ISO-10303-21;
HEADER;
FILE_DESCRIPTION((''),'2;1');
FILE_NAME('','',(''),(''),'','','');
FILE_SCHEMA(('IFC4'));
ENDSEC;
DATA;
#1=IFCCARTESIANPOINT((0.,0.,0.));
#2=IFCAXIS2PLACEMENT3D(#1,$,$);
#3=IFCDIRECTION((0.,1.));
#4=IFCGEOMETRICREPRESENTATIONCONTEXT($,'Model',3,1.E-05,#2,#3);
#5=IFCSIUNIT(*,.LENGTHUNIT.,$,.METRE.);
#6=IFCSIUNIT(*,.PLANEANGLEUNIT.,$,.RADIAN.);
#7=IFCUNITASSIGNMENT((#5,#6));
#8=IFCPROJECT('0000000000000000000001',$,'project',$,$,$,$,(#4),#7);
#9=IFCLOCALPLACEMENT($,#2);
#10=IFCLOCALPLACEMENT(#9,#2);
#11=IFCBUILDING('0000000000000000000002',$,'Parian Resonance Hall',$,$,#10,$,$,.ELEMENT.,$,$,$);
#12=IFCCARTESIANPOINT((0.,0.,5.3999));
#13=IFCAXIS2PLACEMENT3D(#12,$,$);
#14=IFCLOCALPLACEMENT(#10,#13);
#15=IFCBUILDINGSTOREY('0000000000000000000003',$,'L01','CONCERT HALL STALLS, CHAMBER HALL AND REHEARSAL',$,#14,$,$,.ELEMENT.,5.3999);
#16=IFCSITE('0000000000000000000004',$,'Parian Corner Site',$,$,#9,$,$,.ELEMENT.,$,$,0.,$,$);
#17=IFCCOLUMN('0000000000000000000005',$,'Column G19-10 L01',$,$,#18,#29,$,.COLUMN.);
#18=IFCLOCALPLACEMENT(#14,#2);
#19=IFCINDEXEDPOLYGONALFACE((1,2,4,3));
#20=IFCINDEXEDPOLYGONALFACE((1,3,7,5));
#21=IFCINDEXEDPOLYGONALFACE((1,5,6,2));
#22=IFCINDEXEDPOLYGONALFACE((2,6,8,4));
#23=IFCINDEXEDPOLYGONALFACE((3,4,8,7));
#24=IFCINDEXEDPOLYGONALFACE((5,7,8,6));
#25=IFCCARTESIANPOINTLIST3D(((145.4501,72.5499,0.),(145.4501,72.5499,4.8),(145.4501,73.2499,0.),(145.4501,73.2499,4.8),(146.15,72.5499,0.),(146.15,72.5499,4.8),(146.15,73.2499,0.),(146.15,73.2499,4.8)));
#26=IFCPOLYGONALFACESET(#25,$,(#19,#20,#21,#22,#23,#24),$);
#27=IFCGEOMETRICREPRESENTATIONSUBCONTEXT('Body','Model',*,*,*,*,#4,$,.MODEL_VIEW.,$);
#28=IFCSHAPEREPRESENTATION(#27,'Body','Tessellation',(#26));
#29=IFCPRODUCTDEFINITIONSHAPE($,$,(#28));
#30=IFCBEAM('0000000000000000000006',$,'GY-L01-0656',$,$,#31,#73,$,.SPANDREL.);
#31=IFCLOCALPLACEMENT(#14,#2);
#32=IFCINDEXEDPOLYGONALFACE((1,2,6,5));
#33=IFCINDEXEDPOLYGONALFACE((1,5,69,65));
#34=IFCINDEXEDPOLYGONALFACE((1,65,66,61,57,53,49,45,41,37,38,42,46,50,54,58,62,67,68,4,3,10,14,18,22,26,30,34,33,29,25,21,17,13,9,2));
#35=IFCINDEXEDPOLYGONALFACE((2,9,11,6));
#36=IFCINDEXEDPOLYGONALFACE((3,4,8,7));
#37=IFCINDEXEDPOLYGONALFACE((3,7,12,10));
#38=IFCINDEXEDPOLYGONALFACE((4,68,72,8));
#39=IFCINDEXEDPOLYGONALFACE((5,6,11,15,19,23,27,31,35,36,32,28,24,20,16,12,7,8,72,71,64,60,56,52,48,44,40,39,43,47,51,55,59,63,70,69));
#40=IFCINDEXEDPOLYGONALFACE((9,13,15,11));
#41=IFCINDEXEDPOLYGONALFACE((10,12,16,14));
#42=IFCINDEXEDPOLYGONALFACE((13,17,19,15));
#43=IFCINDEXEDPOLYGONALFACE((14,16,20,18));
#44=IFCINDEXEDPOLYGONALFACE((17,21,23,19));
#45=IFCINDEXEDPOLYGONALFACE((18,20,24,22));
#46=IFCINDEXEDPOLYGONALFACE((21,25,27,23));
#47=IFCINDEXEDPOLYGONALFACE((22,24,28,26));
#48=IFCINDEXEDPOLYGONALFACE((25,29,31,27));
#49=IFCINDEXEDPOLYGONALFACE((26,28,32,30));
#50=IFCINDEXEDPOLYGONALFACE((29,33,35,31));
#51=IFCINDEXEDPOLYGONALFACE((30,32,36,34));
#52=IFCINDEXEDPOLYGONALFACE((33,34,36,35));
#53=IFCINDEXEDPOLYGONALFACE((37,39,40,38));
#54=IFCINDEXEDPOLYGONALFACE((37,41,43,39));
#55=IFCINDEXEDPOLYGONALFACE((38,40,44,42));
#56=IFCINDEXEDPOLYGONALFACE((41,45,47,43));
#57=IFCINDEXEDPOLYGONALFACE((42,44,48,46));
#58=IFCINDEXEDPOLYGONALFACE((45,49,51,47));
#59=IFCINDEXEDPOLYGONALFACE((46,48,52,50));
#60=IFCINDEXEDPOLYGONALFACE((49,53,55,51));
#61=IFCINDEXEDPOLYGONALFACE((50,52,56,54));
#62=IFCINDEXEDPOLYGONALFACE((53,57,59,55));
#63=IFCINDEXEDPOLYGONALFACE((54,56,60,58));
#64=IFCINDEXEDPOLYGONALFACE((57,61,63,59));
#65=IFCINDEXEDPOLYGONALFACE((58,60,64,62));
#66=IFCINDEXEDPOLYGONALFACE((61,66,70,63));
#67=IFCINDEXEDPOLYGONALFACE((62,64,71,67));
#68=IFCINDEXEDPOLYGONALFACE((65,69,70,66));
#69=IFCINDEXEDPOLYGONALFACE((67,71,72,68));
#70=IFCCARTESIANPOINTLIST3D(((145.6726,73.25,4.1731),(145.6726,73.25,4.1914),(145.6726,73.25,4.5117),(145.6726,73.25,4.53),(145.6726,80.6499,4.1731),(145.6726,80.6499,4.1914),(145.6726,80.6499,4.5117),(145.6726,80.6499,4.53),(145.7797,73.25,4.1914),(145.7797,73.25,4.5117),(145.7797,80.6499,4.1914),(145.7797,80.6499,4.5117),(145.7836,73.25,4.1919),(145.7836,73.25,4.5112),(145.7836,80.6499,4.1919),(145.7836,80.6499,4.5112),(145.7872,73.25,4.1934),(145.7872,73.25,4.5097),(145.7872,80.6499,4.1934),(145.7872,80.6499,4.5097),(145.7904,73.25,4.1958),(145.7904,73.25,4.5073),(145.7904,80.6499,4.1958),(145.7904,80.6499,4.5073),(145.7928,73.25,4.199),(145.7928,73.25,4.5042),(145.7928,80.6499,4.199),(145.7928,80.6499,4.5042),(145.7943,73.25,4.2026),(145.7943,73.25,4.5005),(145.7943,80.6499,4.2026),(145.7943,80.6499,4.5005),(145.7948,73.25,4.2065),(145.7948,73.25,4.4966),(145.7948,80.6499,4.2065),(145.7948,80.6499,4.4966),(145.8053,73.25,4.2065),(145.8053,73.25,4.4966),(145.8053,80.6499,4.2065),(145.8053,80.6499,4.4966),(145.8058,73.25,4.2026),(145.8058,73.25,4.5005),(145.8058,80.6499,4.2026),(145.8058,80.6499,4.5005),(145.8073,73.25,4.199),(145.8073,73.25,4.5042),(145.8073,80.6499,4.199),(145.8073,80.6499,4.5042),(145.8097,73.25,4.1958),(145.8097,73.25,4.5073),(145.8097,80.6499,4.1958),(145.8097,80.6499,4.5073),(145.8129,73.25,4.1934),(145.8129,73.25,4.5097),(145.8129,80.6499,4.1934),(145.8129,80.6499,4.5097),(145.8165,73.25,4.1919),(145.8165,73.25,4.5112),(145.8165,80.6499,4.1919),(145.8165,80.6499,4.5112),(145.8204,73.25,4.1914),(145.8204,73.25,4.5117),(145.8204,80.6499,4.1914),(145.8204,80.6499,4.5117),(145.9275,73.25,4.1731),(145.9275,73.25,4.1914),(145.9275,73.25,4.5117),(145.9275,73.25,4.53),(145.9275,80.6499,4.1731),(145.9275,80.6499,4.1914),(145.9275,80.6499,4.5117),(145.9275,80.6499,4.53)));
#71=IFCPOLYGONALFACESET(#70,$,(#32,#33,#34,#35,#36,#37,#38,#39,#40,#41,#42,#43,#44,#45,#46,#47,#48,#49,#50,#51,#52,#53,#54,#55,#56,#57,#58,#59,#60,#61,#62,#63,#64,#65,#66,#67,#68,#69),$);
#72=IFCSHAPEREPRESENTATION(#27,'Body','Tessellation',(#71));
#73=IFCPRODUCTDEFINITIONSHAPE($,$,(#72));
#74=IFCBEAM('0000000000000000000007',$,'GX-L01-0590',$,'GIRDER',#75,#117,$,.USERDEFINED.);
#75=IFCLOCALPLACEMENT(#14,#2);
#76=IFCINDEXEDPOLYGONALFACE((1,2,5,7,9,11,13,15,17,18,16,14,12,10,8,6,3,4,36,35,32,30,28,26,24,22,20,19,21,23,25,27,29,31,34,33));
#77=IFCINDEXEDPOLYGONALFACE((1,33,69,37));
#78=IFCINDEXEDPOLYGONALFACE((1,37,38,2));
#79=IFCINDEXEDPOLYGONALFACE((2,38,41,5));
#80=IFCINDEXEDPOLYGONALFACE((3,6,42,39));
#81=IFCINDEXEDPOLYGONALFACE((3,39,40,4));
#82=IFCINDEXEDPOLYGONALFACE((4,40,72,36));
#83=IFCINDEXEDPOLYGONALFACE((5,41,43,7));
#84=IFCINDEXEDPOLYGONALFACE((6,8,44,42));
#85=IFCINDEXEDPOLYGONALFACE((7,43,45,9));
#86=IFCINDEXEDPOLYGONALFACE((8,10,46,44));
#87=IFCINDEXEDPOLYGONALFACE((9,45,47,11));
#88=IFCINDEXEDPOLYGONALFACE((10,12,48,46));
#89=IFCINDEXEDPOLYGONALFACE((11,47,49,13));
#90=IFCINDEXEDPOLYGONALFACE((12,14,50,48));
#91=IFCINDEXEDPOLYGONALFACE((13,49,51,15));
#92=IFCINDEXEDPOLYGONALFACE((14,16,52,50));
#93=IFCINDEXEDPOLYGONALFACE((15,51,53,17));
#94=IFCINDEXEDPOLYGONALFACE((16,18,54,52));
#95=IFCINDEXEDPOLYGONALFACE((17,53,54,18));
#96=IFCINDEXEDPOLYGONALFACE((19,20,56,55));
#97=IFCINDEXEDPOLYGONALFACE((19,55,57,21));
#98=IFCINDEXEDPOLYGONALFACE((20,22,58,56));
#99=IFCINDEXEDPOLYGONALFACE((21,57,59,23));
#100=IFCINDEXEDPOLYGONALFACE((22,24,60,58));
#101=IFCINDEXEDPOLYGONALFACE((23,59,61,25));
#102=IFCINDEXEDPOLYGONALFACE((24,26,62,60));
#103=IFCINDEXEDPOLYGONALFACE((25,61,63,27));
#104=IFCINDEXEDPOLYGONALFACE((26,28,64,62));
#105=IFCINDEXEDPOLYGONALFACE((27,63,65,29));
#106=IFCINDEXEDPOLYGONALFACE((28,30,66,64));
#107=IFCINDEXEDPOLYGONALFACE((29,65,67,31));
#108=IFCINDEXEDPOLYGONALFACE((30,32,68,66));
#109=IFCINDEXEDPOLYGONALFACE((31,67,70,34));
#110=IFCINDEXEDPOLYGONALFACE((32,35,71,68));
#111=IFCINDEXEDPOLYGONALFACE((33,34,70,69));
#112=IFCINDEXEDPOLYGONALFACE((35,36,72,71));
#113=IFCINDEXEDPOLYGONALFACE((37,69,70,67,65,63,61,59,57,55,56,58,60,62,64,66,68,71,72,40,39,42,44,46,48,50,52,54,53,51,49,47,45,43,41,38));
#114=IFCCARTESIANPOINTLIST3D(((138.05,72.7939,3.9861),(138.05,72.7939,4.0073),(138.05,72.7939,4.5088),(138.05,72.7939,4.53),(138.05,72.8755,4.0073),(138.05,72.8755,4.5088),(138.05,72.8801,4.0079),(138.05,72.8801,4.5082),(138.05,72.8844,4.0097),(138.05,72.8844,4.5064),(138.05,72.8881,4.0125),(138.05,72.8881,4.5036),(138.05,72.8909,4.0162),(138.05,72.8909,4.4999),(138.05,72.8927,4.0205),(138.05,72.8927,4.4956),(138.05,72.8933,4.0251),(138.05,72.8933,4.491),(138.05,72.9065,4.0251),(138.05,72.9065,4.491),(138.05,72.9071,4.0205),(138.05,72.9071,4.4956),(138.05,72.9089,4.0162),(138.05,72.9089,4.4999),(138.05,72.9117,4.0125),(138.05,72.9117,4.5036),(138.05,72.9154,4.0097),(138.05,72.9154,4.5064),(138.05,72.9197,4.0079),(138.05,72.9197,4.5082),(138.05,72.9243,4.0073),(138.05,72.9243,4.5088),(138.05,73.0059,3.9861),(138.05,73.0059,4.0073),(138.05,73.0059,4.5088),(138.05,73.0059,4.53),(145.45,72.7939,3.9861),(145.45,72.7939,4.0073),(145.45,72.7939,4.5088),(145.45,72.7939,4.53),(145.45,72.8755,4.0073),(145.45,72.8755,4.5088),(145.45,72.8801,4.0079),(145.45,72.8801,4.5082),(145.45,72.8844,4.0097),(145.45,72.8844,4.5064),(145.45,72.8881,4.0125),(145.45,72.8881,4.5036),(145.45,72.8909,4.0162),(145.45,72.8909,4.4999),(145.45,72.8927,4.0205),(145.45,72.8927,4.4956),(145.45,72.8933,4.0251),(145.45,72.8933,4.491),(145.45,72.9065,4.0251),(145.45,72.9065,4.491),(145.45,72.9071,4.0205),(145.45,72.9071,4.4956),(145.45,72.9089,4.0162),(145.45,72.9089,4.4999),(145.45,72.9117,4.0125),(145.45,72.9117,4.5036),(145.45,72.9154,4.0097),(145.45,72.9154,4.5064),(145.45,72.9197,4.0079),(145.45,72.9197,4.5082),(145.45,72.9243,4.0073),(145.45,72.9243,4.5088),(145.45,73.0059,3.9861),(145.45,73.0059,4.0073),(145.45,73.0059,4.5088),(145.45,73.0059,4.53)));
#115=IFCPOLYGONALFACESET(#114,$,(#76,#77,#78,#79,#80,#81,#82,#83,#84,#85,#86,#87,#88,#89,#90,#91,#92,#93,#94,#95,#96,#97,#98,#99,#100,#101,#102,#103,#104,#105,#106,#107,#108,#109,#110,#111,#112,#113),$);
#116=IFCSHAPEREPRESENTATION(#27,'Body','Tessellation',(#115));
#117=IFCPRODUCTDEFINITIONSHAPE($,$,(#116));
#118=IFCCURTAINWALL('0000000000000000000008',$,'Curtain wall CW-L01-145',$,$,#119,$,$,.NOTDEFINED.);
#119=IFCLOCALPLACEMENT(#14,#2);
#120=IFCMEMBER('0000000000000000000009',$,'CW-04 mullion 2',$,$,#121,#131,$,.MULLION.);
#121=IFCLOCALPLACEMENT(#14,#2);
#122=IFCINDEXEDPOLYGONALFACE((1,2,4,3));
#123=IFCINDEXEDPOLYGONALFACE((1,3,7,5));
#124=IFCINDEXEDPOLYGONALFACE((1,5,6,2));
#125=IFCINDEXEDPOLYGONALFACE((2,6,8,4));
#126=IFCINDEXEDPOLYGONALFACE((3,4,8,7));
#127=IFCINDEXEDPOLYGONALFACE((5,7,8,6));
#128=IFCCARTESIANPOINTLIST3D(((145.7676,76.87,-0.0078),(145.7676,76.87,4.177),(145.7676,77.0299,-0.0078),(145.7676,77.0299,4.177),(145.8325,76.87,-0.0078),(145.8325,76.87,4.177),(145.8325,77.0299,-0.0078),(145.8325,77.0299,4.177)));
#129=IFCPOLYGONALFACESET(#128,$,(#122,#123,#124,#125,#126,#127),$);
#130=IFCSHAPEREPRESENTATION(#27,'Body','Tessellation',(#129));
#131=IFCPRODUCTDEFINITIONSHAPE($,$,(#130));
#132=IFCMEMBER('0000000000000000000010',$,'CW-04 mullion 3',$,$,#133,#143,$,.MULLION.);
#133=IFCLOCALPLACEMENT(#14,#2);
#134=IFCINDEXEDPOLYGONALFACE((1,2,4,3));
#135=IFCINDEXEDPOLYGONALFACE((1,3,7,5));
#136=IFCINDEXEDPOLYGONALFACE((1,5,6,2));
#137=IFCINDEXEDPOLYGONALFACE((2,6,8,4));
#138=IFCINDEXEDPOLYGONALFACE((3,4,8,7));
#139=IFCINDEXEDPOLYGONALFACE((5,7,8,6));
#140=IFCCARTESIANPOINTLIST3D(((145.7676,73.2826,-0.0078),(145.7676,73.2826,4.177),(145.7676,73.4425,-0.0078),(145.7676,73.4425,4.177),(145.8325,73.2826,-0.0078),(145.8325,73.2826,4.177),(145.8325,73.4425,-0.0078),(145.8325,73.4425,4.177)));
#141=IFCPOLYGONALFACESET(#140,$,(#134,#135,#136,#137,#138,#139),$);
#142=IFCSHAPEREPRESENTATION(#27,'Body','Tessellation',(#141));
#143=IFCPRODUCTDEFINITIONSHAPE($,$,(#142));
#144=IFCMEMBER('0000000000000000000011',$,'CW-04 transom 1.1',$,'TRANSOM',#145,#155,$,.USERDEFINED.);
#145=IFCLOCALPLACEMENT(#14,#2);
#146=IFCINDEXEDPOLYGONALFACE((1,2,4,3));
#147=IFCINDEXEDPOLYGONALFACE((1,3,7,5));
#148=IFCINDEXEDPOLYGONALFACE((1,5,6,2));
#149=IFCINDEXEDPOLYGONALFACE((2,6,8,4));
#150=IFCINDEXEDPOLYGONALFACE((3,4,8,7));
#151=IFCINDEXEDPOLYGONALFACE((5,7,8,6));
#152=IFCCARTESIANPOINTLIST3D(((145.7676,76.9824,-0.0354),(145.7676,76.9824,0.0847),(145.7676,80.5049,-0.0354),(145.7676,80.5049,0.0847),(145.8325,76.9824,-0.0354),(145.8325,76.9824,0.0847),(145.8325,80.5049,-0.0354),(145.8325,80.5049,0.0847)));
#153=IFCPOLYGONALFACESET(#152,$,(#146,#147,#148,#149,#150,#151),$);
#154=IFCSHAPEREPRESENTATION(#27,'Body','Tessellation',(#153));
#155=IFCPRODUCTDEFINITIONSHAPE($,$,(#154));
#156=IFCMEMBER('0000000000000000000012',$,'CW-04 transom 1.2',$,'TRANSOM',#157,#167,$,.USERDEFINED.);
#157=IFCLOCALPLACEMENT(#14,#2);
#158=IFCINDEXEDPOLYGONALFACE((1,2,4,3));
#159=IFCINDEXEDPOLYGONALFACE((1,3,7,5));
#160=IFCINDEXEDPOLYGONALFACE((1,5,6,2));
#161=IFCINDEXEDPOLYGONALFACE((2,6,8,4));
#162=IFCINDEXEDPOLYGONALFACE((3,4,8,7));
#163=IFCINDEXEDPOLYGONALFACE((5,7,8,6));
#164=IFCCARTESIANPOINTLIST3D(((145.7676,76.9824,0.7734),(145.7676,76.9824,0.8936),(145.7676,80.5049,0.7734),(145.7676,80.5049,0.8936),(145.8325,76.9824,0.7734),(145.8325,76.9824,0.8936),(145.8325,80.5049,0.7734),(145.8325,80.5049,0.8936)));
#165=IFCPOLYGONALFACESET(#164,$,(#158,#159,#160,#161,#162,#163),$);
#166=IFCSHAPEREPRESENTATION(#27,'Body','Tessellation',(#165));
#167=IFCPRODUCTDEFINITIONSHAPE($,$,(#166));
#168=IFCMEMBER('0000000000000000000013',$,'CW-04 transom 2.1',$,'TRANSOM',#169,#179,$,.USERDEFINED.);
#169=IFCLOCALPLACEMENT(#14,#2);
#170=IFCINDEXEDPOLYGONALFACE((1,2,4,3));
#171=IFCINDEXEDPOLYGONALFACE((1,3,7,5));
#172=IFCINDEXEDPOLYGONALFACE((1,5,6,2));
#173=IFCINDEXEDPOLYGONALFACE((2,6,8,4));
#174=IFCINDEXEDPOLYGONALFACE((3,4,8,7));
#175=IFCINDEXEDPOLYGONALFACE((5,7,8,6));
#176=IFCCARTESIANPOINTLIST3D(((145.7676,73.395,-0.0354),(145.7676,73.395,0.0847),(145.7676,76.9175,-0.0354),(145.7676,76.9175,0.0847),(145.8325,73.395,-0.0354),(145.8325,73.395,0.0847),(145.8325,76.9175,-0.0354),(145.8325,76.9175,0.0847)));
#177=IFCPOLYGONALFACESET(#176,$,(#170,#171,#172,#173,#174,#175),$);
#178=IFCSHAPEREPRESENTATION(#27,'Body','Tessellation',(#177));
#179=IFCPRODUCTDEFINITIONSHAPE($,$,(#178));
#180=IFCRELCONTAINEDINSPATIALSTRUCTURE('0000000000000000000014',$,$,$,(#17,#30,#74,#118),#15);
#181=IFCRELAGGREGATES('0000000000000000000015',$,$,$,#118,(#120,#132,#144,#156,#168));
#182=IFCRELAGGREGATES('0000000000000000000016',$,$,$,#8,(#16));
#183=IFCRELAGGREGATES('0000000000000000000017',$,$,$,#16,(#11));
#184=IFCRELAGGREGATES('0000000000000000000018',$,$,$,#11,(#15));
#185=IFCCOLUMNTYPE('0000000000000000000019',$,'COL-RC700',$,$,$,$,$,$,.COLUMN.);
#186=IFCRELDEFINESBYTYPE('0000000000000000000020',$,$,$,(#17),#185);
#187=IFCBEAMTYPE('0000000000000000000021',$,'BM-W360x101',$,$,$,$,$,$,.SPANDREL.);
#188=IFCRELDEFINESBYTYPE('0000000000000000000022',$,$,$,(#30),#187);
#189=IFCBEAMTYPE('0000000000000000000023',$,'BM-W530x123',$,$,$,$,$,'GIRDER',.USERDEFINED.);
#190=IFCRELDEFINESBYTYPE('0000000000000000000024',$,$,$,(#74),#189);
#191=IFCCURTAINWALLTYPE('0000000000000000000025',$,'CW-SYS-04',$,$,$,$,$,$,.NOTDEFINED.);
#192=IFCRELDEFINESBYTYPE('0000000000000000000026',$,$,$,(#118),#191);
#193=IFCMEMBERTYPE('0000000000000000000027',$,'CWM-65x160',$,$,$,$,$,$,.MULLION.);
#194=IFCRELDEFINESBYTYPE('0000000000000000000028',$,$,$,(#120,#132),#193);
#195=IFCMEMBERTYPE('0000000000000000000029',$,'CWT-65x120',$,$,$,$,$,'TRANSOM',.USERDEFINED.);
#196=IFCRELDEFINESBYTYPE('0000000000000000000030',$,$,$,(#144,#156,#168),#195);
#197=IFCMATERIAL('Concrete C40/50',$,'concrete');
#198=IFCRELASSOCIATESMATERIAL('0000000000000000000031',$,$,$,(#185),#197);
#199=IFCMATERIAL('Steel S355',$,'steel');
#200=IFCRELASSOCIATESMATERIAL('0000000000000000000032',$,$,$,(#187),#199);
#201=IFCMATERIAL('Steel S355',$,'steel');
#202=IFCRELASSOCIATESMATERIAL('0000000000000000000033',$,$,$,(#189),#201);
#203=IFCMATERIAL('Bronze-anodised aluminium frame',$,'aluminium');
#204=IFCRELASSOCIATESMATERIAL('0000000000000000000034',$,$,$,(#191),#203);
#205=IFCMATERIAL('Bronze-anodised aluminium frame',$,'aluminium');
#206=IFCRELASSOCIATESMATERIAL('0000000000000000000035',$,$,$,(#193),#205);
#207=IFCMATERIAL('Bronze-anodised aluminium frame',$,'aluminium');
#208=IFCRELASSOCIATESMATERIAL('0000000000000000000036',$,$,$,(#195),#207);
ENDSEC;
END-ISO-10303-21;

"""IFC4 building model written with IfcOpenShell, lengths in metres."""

from ifc_helpers import new_model, si_unit, direction, frame, origin, origin_2d, place, context, subcontext, project, spatial, rectangle, i_section, extrude, material, material_profile, profile_set, type_object, element, aggregate, save


model = new_model("IFC4")

# Units and contexts
model_context = context("Model", 3, precision=1e-05, world=origin(), true_north=direction((0.0, 1.0)))
body_context = subcontext(model_context, "Body", "Model", "MODEL_VIEW")
ifc_project = project(units=[si_unit("LENGTHUNIT", "METRE"), si_unit("PLANEANGLEUNIT", "RADIAN")], contexts=[model_context])

# Site, building, storey
site_placement = place(None, origin())
site = spatial("IfcSite", under=ifc_project, at=site_placement, Name="Parian Corner Site", CompositionType="ELEMENT", RefElevation=0.0)
building_placement = place(site_placement, origin())
building = spatial("IfcBuilding", under=site, at=building_placement, Name="Parian Resonance Hall", CompositionType="ELEMENT")
storey_placement = place(building_placement, frame((0.0, 0.0, 5.3999)))
storey = spatial("IfcBuildingStorey", under=building, at=storey_placement, Name="L01", Description="CONCERT HALL STALLS, CHAMBER HALL AND REHEARSAL", CompositionType="ELEMENT", Elevation=5.3999)

# Column
ifc_material_1 = material(Name="Concrete C40/50", Category="concrete")
ifc_material_profile_1 = material_profile(ifc_material_1, rectangle(XDim=0.7, YDim=0.7, at=origin_2d()), Name="RC-COL-700x700")
ifc_profile_set_1 = profile_set([ifc_material_profile_1], Name="Concrete C40/50")
column_type = type_object("IfcColumnType", Name="COL-RC700", PredefinedType="COLUMN", material=ifc_profile_set_1)
column_placement = place(storey_placement, frame((145.8, 72.8999, 0.0), z_axis=(0.0, 0.0, 1.0), x_axis=(1.0, 0.0, 0.0)))
element("IfcColumn", 1, at=column_placement, inside=storey, type_object=column_type, Name="Column G19-10 L01", PredefinedType="COLUMN", context=body_context, shape_type="SweptSolid", body=[
    extrude(rectangle(XDim=0.7, YDim=0.7, at=origin_2d()), origin(), (0.0, 0.0, 1.0), 4.8),
])

# Beams
ifc_material_2 = material(Name="Steel S355", Category="steel")
ifc_material_profile_2 = material_profile(ifc_material_2, i_section(OverallWidth=0.2549, OverallDepth=0.3569, WebThickness=0.0105, FlangeThickness=0.0183, FilletRadius=0.0151, at=origin_2d()), Name="W360x101")
ifc_profile_set_2 = profile_set([ifc_material_profile_2], Name="Steel S355")
beam_type_1 = type_object("IfcBeamType", Name="BM-W360x101", PredefinedType="SPANDREL", material=ifc_profile_set_2)
beam_1_placement = place(storey_placement, frame((145.8, 73.25, 4.3516), z_axis=(0.0, 1.0, 0.0), x_axis=(-1.0, 0.0, 0.0)))
element("IfcBeam", 2, at=beam_1_placement, inside=storey, type_object=beam_type_1, Name="GY-L01-0656", PredefinedType="SPANDREL", context=body_context, shape_type="SweptSolid", body=[
    extrude(i_section(OverallWidth=0.2549, OverallDepth=0.3569, WebThickness=0.0105, FlangeThickness=0.0183, FilletRadius=0.0151, at=origin_2d()), origin(), (0.0, 0.0, 1.0), 7.3999),
])
ifc_material_3 = material(Name="Steel S355", Category="steel")
ifc_material_profile_3 = material_profile(ifc_material_3, i_section(OverallWidth=0.2119, OverallDepth=0.5439, WebThickness=0.0132, FlangeThickness=0.0212, FilletRadius=0.0178, at=origin_2d()), Name="W530x123")
ifc_profile_set_3 = profile_set([ifc_material_profile_3], Name="Steel S355")
beam_type_2 = type_object("IfcBeamType", Name="BM-W530x123", ElementType="GIRDER", PredefinedType="USERDEFINED", material=ifc_profile_set_3)
beam_2_placement = place(storey_placement, frame((138.05, 72.8999, 4.2581), z_axis=(1.0, 0.0, 0.0), x_axis=(0.0, 1.0, 0.0)))
element("IfcBeam", 3, at=beam_2_placement, inside=storey, type_object=beam_type_2, Name="GX-L01-0590", ObjectType="GIRDER", PredefinedType="USERDEFINED", context=body_context, shape_type="SweptSolid", body=[
    extrude(i_section(OverallWidth=0.2119, OverallDepth=0.5439, WebThickness=0.0132, FlangeThickness=0.0212, FilletRadius=0.0178, at=origin_2d()), origin(), (0.0, 0.0, 1.0), 7.3999),
])

# Curtain wall, members
ifc_material_4 = material(Name="Bronze-anodised aluminium frame", Category="aluminium")
curtain_wall_type = type_object("IfcCurtainWallType", Name="CW-SYS-04", PredefinedType="NOTDEFINED", material=ifc_material_4)
curtain_wall_placement = place(storey_placement, origin())
curtain_wall = element("IfcCurtainWall", 4, at=curtain_wall_placement, inside=storey, type_object=curtain_wall_type, Name="Curtain wall CW-L01-145", PredefinedType="NOTDEFINED")
ifc_material_5 = material(Name="Bronze-anodised aluminium frame", Category="aluminium")
ifc_material_profile_4 = material_profile(ifc_material_5, rectangle(XDim=0.0649, YDim=0.1599, at=origin_2d()), Name="CWM-65x160")
ifc_profile_set_4 = profile_set([ifc_material_profile_4], Name="Bronze-anodised aluminium frame")
member_type_1 = type_object("IfcMemberType", Name="CWM-65x160", PredefinedType="MULLION", material=ifc_profile_set_4)
member_1_placement = place(storey_placement, frame((145.8, 76.95, -0.0078), z_axis=(0.0, 0.0, 1.0), x_axis=(1.0, 0.0, 0.0)))
member_1 = element("IfcMember", 5, at=member_1_placement, type_object=member_type_1, Name="CW-04 mullion 2", PredefinedType="MULLION", context=body_context, shape_type="SweptSolid", body=[
    extrude(rectangle(XDim=0.0649, YDim=0.1599, at=origin_2d()), origin(), (0.0, 0.0, 1.0), 4.1848),
])
member_2_placement = place(storey_placement, frame((145.8, 73.3625, -0.0078), z_axis=(0.0, 0.0, 1.0), x_axis=(1.0, 0.0, 0.0)))
member_2 = element("IfcMember", 6, at=member_2_placement, type_object=member_type_1, Name="CW-04 mullion 3", PredefinedType="MULLION", context=body_context, shape_type="SweptSolid", body=[
    extrude(rectangle(XDim=0.0649, YDim=0.1599, at=origin_2d()), origin(), (0.0, 0.0, 1.0), 4.1848),
])
ifc_material_6 = material(Name="Bronze-anodised aluminium frame", Category="aluminium")
ifc_material_profile_5 = material_profile(ifc_material_6, rectangle(XDim=0.0649, YDim=0.1201, at=origin_2d()), Name="CWT-65x120")
ifc_profile_set_5 = profile_set([ifc_material_profile_5], Name="Bronze-anodised aluminium frame")
member_type_2 = type_object("IfcMemberType", Name="CWT-65x120", ElementType="TRANSOM", PredefinedType="USERDEFINED", material=ifc_profile_set_5)
member_3_placement = place(storey_placement, frame((145.8, 80.5049, 0.0247), z_axis=(0.0, -1.0, 0.0), x_axis=(1.0, 0.0, 0.0)))
member_3 = element("IfcMember", 7, at=member_3_placement, type_object=member_type_2, Name="CW-04 transom 1.1", ObjectType="TRANSOM", PredefinedType="USERDEFINED", context=body_context, shape_type="SweptSolid", body=[
    extrude(rectangle(XDim=0.0649, YDim=0.1201, at=origin_2d()), origin(), (0.0, 0.0, 1.0), 3.5225),
])
member_4_placement = place(storey_placement, frame((145.8, 80.5049, 0.8335), z_axis=(0.0, -1.0, 0.0), x_axis=(1.0, 0.0, 0.0)))
member_4 = element("IfcMember", 8, at=member_4_placement, type_object=member_type_2, Name="CW-04 transom 1.2", ObjectType="TRANSOM", PredefinedType="USERDEFINED", context=body_context, shape_type="SweptSolid", body=[
    extrude(rectangle(XDim=0.0649, YDim=0.1201, at=origin_2d()), origin(), (0.0, 0.0, 1.0), 3.5225),
])
member_5_placement = place(storey_placement, frame((145.8, 76.9175, 0.0247), z_axis=(0.0, -1.0, 0.0), x_axis=(1.0, 0.0, 0.0)))
member_5 = element("IfcMember", 9, at=member_5_placement, type_object=member_type_2, Name="CW-04 transom 2.1", ObjectType="TRANSOM", PredefinedType="USERDEFINED", context=body_context, shape_type="SweptSolid", body=[
    extrude(rectangle(XDim=0.0649, YDim=0.1201, at=origin_2d()), origin(), (0.0, 0.0, 1.0), 3.5225),
])
aggregate(curtain_wall, [member_1, member_2, member_3, member_4, member_5])

save(model, "model.ifc")
